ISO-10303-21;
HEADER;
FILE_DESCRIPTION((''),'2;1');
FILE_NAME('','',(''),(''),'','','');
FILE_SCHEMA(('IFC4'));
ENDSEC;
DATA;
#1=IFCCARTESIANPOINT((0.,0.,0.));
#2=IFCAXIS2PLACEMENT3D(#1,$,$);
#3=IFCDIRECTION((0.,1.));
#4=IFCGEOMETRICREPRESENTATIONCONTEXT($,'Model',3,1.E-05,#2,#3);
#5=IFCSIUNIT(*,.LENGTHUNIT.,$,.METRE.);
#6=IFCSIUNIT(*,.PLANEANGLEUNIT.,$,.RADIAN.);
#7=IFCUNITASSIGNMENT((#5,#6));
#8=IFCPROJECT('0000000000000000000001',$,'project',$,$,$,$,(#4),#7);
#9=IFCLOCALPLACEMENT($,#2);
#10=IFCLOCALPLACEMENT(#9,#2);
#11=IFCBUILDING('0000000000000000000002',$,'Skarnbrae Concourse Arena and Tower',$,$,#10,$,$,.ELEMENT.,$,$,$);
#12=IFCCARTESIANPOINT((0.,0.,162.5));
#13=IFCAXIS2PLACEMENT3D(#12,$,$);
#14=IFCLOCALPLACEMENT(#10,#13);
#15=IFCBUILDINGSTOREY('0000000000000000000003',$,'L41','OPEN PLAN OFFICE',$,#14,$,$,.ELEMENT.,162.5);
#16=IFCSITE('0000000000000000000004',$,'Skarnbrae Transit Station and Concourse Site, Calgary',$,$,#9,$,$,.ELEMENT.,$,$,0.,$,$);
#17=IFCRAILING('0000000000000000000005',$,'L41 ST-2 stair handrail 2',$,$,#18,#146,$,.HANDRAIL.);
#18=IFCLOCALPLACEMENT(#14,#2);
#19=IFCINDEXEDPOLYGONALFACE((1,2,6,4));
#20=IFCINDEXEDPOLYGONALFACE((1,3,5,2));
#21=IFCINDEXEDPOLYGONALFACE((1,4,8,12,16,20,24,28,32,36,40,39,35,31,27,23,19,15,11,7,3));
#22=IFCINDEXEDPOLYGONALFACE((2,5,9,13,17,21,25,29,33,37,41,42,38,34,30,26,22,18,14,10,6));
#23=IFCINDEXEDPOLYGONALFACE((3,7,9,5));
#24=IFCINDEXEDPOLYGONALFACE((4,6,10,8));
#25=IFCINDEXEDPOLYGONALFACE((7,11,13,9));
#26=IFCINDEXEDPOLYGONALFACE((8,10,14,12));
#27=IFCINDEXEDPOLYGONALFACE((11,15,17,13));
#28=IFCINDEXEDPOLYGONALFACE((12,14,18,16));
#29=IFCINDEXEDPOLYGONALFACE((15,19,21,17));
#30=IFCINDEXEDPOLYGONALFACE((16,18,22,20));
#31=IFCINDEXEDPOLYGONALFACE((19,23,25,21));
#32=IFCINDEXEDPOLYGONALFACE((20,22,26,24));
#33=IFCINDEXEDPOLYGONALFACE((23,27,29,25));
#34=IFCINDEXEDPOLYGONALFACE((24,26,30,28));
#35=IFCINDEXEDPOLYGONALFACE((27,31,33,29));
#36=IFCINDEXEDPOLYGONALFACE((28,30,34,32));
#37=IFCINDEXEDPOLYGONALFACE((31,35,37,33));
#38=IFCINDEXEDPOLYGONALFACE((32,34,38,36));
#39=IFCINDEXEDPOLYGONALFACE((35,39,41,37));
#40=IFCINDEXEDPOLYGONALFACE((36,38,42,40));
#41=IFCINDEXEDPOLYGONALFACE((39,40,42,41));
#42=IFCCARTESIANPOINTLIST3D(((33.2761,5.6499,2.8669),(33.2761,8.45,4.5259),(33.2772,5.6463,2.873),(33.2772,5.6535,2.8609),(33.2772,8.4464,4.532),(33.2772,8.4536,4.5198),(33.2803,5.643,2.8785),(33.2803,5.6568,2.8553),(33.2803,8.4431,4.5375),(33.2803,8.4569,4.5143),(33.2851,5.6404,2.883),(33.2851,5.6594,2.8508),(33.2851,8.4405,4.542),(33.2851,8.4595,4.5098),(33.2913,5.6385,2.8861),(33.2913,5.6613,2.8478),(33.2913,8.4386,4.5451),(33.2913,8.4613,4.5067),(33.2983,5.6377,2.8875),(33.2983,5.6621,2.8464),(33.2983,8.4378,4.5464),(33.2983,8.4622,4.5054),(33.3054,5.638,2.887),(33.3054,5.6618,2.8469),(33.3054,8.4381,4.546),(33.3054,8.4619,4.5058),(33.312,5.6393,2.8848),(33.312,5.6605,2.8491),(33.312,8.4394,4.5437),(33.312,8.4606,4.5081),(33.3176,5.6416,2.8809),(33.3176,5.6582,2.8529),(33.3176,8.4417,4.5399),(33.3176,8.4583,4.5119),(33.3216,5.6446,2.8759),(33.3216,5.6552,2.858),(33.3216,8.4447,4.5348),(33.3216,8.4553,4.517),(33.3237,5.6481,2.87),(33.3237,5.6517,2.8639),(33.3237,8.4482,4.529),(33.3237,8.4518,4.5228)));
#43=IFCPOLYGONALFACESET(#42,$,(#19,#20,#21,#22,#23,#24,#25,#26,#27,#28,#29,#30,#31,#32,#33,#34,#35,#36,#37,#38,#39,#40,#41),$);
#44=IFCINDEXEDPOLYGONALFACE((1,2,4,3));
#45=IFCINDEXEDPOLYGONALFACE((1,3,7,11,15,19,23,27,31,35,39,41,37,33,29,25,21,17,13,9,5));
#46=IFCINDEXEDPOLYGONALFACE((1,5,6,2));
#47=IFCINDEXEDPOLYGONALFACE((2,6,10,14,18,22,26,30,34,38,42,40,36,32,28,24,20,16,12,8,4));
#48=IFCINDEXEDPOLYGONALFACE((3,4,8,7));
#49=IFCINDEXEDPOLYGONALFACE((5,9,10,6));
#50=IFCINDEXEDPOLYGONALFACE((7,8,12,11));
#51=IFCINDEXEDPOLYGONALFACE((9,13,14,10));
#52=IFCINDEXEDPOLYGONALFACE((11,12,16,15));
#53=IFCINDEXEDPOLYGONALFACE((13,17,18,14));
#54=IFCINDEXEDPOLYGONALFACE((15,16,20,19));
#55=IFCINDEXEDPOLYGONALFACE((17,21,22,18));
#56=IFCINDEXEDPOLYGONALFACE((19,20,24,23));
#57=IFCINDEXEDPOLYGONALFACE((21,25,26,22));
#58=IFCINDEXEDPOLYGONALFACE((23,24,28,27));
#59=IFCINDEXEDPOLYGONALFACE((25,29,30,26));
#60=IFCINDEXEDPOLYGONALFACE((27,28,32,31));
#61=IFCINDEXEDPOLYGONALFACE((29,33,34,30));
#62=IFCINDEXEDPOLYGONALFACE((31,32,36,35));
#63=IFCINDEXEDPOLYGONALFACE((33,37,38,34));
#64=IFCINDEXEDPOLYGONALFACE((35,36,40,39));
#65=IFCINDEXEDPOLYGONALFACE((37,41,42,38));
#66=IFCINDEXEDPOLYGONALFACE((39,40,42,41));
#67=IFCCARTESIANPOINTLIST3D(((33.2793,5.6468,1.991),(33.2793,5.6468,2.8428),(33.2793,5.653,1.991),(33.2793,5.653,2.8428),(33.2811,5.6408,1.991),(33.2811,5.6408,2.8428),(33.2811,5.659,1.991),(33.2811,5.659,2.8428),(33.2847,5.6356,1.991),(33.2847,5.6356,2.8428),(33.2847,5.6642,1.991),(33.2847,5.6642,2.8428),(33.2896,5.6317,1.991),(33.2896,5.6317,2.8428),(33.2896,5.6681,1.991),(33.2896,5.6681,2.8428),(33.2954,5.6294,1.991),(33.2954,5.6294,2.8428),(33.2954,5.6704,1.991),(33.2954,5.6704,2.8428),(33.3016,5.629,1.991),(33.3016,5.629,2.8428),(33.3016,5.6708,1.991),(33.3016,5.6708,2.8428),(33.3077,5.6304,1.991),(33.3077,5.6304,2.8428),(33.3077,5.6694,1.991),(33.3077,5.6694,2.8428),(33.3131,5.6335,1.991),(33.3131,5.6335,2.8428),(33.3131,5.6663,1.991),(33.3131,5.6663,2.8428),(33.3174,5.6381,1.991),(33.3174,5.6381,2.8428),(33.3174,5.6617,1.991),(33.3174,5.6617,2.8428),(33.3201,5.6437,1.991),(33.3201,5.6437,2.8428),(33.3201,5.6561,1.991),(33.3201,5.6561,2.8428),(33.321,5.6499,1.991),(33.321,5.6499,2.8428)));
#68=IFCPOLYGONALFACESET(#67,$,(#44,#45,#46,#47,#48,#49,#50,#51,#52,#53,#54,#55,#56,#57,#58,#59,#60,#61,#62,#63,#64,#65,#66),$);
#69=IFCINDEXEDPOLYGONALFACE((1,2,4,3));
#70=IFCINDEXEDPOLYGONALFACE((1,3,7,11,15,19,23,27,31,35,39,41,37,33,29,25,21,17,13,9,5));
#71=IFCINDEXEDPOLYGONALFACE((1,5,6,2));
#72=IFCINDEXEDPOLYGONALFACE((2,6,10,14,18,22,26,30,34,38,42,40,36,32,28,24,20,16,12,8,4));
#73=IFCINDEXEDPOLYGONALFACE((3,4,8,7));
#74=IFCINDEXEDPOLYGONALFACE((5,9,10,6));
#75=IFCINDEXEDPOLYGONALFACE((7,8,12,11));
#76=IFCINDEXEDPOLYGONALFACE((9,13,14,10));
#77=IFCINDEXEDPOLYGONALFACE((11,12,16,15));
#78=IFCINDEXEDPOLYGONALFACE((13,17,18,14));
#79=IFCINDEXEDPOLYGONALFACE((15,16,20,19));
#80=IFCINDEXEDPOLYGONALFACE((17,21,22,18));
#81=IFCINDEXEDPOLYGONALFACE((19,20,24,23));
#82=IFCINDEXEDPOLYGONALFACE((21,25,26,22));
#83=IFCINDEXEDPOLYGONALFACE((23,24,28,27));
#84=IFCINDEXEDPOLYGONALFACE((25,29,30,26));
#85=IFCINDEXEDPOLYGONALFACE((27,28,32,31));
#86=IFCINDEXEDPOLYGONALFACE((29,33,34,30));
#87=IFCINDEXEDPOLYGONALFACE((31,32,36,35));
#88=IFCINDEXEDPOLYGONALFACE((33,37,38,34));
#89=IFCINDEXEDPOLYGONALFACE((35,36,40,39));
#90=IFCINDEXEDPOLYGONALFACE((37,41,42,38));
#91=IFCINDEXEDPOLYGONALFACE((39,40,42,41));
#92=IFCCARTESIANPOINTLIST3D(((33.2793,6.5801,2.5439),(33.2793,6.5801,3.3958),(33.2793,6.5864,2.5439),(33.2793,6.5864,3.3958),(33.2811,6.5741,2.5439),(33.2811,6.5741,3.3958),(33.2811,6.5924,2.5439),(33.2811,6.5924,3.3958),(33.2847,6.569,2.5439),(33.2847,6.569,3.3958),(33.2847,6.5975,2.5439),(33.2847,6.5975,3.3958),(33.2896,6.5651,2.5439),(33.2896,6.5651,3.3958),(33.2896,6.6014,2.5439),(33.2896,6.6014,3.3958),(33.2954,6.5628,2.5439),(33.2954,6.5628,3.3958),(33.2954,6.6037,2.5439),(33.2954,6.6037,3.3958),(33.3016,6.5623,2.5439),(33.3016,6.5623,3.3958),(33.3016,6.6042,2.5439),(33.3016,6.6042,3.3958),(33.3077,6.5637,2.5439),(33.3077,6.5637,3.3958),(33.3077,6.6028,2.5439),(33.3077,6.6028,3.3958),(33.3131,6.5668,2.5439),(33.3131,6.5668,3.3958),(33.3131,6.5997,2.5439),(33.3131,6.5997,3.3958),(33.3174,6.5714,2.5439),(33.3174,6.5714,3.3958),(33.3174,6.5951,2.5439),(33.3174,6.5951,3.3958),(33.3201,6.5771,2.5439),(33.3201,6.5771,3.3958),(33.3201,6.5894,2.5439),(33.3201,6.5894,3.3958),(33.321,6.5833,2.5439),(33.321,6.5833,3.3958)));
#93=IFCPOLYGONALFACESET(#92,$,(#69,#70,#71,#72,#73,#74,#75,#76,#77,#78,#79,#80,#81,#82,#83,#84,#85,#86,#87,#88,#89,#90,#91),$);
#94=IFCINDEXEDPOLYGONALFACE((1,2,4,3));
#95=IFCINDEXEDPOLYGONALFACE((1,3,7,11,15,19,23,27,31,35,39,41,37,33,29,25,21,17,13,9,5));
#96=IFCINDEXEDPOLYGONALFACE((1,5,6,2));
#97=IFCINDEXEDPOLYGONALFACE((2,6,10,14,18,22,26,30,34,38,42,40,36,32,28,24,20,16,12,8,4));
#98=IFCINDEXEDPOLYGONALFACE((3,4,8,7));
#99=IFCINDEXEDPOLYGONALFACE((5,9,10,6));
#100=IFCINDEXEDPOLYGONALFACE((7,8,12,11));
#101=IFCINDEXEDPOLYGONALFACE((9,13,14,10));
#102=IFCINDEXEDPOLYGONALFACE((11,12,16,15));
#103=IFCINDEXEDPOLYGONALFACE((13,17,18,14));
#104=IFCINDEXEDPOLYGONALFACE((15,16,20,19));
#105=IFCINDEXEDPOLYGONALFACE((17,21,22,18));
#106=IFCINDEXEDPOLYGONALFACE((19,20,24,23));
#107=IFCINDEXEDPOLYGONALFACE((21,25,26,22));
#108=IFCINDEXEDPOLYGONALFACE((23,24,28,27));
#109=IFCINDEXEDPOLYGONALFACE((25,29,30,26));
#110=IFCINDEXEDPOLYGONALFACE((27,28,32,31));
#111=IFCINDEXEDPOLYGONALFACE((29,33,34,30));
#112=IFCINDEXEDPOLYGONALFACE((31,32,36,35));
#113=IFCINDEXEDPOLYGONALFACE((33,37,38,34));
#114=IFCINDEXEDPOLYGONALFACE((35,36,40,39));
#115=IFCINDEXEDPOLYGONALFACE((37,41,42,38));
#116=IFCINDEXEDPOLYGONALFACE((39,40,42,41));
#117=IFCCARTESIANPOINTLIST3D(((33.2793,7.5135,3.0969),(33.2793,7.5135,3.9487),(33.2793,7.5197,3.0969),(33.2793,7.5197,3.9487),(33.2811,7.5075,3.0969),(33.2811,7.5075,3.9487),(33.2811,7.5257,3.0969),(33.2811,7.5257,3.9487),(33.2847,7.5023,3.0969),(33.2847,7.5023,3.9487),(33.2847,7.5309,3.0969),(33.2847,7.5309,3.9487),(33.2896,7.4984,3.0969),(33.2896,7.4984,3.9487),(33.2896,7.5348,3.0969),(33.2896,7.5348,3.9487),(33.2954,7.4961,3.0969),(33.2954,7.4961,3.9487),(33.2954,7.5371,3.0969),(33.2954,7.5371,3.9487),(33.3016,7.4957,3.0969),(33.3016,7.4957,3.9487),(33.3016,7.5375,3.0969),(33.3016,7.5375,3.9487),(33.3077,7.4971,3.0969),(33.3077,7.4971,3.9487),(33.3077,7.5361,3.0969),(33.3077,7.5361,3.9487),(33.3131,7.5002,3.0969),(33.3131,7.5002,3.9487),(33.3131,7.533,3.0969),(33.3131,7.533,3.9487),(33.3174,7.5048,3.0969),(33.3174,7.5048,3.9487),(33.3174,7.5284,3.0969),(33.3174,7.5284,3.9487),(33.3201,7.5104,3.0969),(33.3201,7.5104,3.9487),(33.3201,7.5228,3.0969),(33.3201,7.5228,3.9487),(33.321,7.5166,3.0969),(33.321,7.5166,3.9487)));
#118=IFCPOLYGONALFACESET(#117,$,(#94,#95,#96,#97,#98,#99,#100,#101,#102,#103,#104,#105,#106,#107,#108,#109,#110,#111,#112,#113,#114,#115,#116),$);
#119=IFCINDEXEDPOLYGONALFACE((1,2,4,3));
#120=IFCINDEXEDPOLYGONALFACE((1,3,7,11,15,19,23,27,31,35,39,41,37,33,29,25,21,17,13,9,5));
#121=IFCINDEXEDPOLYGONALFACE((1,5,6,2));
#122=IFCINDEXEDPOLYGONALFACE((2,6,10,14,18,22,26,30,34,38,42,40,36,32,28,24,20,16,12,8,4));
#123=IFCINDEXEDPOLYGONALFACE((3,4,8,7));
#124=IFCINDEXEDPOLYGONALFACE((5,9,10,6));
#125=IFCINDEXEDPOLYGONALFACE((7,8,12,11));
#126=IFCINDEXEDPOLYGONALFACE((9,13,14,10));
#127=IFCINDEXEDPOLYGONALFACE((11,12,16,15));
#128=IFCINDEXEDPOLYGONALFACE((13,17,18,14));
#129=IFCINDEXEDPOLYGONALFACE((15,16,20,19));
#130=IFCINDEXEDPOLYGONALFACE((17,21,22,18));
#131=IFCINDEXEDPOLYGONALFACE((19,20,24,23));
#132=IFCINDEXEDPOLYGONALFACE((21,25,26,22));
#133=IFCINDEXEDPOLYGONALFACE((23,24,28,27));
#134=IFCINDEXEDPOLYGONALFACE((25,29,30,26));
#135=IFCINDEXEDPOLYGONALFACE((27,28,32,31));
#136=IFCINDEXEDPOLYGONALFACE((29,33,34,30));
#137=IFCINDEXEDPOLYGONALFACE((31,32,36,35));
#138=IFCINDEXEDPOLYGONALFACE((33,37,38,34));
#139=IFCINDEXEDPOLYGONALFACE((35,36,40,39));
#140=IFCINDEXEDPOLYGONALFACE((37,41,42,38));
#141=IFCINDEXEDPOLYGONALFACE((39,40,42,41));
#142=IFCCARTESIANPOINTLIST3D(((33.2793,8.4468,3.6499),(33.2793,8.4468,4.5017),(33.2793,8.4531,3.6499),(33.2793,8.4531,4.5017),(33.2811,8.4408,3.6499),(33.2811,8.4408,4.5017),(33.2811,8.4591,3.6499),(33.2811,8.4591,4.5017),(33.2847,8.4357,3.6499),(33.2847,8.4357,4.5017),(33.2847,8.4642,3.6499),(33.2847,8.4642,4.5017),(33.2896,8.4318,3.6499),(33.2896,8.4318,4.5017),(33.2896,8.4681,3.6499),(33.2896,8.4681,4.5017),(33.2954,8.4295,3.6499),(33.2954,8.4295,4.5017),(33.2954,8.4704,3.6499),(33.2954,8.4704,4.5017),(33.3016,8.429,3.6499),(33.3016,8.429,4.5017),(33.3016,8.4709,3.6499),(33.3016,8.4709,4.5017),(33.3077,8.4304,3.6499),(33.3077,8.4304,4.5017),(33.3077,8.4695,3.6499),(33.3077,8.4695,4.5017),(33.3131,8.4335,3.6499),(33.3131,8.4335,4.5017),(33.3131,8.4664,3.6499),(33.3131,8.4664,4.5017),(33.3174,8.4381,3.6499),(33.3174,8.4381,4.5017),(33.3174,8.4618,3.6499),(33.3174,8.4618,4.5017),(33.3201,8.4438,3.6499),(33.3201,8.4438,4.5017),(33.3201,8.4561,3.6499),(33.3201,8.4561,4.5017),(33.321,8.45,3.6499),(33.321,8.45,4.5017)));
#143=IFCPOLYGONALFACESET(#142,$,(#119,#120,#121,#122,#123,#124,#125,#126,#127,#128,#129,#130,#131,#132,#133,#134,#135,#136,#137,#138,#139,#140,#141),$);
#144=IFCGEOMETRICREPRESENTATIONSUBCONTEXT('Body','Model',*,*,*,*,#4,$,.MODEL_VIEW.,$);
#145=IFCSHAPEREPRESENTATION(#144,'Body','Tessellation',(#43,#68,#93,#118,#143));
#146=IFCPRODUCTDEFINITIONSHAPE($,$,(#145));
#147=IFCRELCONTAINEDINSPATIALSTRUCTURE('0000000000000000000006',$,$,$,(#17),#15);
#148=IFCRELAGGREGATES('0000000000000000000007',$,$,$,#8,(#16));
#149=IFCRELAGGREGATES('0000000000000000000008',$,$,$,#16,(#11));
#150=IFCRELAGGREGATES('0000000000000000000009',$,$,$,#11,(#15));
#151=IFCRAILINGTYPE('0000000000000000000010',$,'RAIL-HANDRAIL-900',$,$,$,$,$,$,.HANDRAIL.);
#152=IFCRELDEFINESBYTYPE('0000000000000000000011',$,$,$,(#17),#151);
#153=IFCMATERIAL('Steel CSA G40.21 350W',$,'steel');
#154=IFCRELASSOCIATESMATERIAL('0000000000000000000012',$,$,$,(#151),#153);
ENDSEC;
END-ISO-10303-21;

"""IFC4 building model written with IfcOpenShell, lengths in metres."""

from ifc_helpers import new_model, si_unit, direction, frame, origin, origin_2d, place, context, subcontext, project, spatial, circle, extrude, material, type_object, element, save


model = new_model("IFC4")

# Units and contexts
model_context = context("Model", 3, precision=1e-05, world=origin(), true_north=direction((0.0, 1.0)))
body_context = subcontext(model_context, "Body", "Model", "MODEL_VIEW")
ifc_project = project(units=[si_unit("LENGTHUNIT", "METRE"), si_unit("PLANEANGLEUNIT", "RADIAN")], contexts=[model_context])

# Site, building, storey
site_placement = place(None, origin())
site = spatial("IfcSite", under=ifc_project, at=site_placement, Name="Skarnbrae Transit Station and Concourse Site, Calgary", CompositionType="ELEMENT", RefElevation=0.0)
building_placement = place(site_placement, origin())
building = spatial("IfcBuilding", under=site, at=building_placement, Name="Skarnbrae Concourse Arena and Tower", CompositionType="ELEMENT")
storey_placement = place(building_placement, frame((0.0, 0.0, 162.5)))
storey = spatial("IfcBuildingStorey", under=building, at=storey_placement, Name="L41", Description="OPEN PLAN OFFICE", CompositionType="ELEMENT", Elevation=162.5)

# Shared definitions
ifc_material_1 = material(Name="Steel CSA G40.21 350W", Category="steel")

# Railing
railing_type_1 = type_object("IfcRailingType", Name="RAIL-HANDRAIL-900", PredefinedType="HANDRAIL", material=ifc_material_1)
railing_1_placement = place(storey_placement, frame((33.3, 5.6499, 1.991)))
element("IfcRailing", 1, at=railing_1_placement, inside=storey, type_object=railing_type_1, Name="L41 ST-2 stair handrail 2", PredefinedType="HANDRAIL", context=body_context, shape_type="SweptSolid", body=[
    extrude(circle(Radius=0.0239, at=origin_2d()), frame((0.0, 0.0, 0.876), z_axis=(0.0, 0.860339, 0.509722), x_axis=(-1.0, 0.0, 0.0)), (0.0, 0.0, 1.0), 3.2546),
    extrude(circle(Radius=0.021, at=origin_2d()), origin(), (0.0, 0.0, 1.0), 0.8518),
    extrude(circle(Radius=0.021, at=origin_2d()), frame((0.0, 0.9333, 0.553)), (0.0, 0.0, 1.0), 0.8518),
    extrude(circle(Radius=0.021, at=origin_2d()), frame((0.0, 1.8667, 1.106)), (0.0, 0.0, 1.0), 0.8518),
    extrude(circle(Radius=0.021, at=origin_2d()), frame((0.0, 2.8, 1.6589)), (0.0, 0.0, 1.0), 0.8518),
])

save(model, "model.ifc")
